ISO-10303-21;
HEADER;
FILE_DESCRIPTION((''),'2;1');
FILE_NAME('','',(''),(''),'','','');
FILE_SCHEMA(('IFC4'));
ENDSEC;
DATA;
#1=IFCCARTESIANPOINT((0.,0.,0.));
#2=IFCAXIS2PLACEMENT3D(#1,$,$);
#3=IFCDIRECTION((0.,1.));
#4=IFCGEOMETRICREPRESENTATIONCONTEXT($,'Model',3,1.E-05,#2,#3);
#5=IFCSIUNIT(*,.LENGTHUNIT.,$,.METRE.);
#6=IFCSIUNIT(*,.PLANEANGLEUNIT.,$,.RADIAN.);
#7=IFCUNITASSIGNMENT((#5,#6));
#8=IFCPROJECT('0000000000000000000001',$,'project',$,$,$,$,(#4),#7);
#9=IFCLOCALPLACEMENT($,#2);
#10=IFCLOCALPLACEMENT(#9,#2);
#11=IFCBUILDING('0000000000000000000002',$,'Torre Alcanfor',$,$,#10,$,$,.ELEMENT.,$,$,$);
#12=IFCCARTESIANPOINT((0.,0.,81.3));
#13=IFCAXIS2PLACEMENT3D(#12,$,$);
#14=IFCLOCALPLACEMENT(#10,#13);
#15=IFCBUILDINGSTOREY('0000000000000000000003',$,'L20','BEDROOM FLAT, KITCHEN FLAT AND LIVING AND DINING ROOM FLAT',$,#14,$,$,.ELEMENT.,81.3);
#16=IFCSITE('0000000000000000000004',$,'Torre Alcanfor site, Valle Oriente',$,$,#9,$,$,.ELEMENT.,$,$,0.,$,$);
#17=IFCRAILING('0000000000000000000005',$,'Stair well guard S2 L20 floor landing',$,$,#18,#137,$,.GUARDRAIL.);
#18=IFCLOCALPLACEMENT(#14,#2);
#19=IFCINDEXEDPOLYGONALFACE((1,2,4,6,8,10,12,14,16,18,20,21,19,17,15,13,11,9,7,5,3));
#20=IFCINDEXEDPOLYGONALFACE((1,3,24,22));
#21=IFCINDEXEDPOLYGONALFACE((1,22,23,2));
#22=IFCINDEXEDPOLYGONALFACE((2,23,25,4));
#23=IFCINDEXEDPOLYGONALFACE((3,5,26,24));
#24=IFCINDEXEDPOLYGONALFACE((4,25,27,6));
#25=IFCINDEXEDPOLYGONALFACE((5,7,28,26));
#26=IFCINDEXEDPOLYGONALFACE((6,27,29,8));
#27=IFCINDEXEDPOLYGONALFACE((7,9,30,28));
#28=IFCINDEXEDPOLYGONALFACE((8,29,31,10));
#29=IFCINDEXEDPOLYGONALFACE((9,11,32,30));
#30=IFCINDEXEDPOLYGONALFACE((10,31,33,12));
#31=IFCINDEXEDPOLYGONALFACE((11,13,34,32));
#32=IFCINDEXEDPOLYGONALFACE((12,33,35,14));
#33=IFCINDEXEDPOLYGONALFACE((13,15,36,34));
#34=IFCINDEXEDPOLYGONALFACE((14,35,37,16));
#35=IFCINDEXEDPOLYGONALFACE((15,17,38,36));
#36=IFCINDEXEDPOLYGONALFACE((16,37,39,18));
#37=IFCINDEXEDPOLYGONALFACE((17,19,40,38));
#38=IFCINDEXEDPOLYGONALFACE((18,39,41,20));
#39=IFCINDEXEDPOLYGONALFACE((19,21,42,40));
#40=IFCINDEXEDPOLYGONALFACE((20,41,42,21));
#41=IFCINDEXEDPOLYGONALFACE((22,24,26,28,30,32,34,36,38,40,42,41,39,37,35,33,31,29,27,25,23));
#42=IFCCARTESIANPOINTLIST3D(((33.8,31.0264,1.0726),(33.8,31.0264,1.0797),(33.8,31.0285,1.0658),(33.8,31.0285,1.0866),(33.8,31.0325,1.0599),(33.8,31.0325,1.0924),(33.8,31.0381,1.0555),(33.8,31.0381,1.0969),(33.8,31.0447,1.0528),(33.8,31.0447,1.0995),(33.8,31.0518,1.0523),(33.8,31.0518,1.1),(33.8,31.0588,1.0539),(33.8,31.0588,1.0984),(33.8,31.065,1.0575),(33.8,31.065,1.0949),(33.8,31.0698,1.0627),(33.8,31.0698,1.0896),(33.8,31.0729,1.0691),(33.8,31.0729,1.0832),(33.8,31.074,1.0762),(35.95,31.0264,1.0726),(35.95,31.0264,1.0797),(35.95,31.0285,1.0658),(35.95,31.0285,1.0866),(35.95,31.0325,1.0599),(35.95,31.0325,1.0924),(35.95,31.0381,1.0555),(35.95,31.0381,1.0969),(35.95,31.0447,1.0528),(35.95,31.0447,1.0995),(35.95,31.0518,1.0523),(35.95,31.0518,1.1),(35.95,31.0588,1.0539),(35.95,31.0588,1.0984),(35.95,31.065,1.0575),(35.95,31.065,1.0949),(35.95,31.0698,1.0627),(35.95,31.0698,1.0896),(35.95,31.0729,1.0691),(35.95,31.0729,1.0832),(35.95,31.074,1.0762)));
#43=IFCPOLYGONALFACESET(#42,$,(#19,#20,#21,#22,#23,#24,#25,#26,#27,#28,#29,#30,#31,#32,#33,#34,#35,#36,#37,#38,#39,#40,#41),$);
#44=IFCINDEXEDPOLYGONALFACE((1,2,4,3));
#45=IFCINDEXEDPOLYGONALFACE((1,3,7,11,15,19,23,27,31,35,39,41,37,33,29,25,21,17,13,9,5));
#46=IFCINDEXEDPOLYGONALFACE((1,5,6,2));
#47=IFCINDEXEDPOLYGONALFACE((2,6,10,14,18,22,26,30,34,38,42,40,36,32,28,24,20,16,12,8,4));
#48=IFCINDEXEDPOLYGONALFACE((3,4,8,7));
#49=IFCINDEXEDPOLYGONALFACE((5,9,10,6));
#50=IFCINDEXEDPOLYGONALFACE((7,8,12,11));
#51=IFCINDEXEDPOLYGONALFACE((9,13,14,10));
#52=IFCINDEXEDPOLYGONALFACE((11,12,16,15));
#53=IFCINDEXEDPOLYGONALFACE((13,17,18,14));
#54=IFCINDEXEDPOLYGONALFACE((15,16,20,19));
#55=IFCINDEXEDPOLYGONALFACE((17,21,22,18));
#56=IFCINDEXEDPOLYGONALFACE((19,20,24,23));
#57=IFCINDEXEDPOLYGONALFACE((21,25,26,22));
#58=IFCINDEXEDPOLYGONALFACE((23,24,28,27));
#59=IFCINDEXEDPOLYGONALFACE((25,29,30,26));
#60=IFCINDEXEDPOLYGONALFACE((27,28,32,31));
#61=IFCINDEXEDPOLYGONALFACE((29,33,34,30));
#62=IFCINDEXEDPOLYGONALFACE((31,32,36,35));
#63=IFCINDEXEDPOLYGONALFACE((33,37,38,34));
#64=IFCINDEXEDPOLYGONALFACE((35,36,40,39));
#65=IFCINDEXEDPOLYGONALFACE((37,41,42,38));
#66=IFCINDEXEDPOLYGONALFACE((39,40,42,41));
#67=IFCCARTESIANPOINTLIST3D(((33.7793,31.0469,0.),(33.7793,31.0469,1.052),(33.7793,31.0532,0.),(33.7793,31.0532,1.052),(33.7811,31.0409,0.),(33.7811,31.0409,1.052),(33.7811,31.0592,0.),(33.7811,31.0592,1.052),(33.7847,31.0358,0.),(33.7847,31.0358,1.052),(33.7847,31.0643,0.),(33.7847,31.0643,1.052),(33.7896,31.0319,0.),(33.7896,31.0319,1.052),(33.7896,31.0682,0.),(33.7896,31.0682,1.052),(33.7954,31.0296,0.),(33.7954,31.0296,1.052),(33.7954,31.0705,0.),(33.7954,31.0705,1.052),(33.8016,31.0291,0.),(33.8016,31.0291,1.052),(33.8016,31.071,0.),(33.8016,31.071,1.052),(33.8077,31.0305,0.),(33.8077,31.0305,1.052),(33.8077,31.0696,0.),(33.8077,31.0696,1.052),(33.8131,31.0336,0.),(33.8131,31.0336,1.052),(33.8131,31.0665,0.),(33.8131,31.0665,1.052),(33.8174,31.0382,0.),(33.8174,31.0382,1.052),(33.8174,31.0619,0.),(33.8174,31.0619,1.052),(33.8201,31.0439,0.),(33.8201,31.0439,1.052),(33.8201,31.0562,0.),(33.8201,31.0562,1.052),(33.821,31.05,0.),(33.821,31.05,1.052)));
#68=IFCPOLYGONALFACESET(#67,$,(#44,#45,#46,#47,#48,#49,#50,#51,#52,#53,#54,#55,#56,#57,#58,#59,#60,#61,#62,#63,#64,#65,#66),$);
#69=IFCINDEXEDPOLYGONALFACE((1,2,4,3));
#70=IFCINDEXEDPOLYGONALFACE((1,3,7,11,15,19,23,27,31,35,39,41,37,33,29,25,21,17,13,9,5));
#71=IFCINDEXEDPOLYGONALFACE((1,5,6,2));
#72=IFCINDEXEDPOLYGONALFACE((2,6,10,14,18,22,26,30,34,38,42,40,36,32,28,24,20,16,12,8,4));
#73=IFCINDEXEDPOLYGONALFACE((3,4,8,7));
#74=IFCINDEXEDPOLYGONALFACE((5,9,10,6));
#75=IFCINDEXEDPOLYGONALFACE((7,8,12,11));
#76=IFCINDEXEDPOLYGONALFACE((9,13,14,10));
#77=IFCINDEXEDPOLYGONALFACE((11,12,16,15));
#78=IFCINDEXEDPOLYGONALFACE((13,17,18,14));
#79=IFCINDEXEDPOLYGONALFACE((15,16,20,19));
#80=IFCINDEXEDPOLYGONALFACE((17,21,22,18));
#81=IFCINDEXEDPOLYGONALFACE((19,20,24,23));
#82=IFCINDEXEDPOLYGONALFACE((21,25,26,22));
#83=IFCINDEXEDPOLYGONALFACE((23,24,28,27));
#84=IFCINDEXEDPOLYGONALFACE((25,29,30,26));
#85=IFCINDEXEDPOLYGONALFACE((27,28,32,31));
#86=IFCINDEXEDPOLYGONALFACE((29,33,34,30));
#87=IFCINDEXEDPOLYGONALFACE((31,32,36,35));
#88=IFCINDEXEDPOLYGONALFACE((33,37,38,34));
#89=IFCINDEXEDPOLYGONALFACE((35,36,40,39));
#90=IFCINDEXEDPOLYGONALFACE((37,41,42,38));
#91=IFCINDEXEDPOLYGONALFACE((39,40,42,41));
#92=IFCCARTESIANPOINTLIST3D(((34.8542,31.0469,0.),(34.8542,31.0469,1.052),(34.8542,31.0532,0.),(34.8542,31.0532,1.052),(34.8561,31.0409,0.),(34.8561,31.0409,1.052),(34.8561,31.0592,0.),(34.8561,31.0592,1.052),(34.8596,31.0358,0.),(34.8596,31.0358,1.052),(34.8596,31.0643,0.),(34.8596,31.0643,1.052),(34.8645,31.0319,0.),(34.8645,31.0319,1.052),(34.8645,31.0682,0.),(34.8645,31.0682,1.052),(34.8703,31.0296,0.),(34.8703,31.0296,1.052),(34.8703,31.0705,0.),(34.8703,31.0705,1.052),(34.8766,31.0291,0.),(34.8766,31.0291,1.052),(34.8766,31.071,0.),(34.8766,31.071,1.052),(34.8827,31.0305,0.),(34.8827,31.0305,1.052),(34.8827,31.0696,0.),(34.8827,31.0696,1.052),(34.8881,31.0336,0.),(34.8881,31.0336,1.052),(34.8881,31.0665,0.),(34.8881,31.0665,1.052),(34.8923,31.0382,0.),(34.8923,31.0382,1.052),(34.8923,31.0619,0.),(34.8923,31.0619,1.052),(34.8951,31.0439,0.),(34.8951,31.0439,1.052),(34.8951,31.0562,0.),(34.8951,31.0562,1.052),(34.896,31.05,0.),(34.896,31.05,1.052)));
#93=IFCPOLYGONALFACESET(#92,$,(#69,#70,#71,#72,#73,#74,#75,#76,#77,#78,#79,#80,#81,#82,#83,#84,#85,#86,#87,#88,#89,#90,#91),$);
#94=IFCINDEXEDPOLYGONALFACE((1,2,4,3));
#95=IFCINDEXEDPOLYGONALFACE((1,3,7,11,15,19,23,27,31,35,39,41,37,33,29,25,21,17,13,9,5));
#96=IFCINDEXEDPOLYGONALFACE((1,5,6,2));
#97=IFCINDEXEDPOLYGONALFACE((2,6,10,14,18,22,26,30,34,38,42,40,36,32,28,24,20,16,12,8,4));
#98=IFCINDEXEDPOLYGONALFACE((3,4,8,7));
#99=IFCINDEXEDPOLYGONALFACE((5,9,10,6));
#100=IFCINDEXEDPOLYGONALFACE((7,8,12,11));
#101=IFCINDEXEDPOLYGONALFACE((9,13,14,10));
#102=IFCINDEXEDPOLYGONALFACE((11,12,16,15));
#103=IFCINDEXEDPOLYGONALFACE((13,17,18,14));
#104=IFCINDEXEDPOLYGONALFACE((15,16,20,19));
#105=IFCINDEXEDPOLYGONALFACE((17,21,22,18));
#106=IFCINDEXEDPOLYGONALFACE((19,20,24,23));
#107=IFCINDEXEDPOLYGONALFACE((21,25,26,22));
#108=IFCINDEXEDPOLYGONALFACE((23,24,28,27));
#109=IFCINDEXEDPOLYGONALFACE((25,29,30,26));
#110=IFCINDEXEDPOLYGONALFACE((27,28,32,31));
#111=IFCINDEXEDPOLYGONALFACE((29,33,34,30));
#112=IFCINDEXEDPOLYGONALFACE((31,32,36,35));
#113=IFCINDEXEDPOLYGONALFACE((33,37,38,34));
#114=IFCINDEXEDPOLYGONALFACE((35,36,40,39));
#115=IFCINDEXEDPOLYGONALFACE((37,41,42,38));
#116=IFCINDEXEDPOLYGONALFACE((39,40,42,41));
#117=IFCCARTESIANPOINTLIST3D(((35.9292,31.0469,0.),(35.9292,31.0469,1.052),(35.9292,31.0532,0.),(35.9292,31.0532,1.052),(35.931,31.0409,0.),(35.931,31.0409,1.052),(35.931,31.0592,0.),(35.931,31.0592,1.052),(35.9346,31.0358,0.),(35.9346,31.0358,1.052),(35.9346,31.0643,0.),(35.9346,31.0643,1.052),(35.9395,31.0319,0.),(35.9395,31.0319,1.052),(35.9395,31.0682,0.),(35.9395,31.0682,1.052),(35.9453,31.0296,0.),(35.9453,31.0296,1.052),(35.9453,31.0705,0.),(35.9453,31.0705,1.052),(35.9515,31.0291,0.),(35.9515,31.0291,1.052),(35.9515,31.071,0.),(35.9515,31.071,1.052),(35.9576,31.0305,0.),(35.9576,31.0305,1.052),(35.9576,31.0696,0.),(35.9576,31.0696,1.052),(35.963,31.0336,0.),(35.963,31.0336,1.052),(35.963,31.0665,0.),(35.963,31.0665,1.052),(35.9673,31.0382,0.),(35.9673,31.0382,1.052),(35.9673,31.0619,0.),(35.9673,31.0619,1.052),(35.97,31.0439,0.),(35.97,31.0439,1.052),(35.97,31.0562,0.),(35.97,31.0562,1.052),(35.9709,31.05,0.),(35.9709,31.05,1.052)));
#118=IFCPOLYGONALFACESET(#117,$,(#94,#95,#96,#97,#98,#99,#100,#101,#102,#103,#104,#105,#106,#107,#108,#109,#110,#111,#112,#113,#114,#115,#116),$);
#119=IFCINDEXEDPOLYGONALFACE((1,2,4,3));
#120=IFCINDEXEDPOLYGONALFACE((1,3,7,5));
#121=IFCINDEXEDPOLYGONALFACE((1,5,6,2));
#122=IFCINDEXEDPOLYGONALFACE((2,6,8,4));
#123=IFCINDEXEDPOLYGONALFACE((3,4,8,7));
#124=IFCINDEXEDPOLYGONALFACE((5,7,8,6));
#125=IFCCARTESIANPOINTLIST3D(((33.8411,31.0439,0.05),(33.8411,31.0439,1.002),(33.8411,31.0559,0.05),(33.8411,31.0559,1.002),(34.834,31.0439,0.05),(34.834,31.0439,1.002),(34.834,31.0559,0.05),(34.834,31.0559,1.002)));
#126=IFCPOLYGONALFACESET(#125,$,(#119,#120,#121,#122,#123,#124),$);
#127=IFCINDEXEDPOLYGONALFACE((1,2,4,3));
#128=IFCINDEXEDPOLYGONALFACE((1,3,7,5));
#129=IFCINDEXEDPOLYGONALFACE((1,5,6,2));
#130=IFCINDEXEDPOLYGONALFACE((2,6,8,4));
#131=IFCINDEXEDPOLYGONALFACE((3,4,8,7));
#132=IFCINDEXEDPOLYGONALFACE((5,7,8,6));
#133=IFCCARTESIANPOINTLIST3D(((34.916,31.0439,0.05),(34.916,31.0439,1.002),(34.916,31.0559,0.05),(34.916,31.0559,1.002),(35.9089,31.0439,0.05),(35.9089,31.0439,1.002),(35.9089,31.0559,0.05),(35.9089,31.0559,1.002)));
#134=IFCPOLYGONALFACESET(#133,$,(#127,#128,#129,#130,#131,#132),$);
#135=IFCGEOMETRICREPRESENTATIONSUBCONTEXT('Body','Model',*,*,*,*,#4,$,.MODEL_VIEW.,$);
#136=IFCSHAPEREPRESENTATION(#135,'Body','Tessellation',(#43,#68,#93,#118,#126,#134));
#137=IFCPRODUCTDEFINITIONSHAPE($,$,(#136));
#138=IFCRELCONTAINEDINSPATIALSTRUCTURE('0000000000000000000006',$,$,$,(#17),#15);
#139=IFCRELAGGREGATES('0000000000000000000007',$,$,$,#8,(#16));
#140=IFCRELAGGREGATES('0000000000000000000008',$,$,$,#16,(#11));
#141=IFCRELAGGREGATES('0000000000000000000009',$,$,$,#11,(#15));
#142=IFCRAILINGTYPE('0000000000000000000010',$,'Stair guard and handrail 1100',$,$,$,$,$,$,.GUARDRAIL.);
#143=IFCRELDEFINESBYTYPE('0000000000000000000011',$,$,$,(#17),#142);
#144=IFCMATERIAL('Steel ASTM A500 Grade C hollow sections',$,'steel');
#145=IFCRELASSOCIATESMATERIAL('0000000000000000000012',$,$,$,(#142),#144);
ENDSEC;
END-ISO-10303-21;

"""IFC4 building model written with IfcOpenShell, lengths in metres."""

from ifc_helpers import new_model, si_unit, direction, frame, origin, origin_2d, place, context, subcontext, project, spatial, polyline, circle, outline, extrude, material, type_object, element, save


model = new_model("IFC4")

# Units and contexts
model_context = context("Model", 3, precision=1e-05, world=origin(), true_north=direction((0.0, 1.0)))
body_context = subcontext(model_context, "Body", "Model", "MODEL_VIEW")
ifc_project = project(units=[si_unit("LENGTHUNIT", "METRE"), si_unit("PLANEANGLEUNIT", "RADIAN")], contexts=[model_context])

# Site, building, storey
site_placement = place(None, origin())
site = spatial("IfcSite", under=ifc_project, at=site_placement, Name="Torre Alcanfor site, Valle Oriente", CompositionType="ELEMENT", RefElevation=0.0)
building_placement = place(site_placement, origin())
building = spatial("IfcBuilding", under=site, at=building_placement, Name="Torre Alcanfor", CompositionType="ELEMENT")
storey_placement = place(building_placement, frame((0.0, 0.0, 81.3)))
storey = spatial("IfcBuildingStorey", under=building, at=storey_placement, Name="L20", Description="BEDROOM FLAT, KITCHEN FLAT AND LIVING AND DINING ROOM FLAT", CompositionType="ELEMENT", Elevation=81.3)

# Railing
ifc_material_1 = material(Name="Steel ASTM A500 Grade C hollow sections", Category="steel")
railing_type_1 = type_object("IfcRailingType", Name="Stair guard and handrail 1100", PredefinedType="GUARDRAIL", material=ifc_material_1)
for number, where, name in (
    (1, (33.8, 31.05, 0.0), "Stair well guard S2 L20 floor landing"),
):
    element("IfcRailing", number, at=place(storey_placement, frame(where)), inside=storey, type_object=railing_type_1, Name=name, PredefinedType="GUARDRAIL", context=body_context, shape_type="SweptSolid", body=[
        extrude(circle(Radius=0.0239, at=origin_2d()), frame((0.0, 0.0, 1.0762), z_axis=(1.0, 0.0, 0.0), x_axis=(0.0, 1.0, 0.0)), (0.0, 0.0, 1.0), 2.1499),
        extrude(circle(Radius=0.021, at=origin_2d()), origin(), (0.0, 0.0, 1.0), 1.052),
        extrude(circle(Radius=0.021, at=origin_2d()), frame((1.075, 0.0, 0.0)), (0.0, 0.0, 1.0), 1.052),
        extrude(circle(Radius=0.021, at=origin_2d()), frame((2.1499, 0.0, 0.0)), (0.0, 0.0, 1.0), 1.052),
        extrude(outline(polyline([(0.041, 0.05), (1.0339, 0.05), (1.0339, 1.002), (0.041, 1.002), (0.041, 0.05)])), frame((0.0, 0.0059, 0.0), z_axis=(0.0, -1.0, 0.0), x_axis=(1.0, 0.0, 0.0)), (0.0, 0.0, 1.0), 0.012),
        extrude(outline(polyline([(1.116, 0.05), (2.1089, 0.05), (2.1089, 1.002), (1.116, 1.002), (1.116, 0.05)])), frame((0.0, 0.0059, 0.0), z_axis=(0.0, -1.0, 0.0), x_axis=(1.0, 0.0, 0.0)), (0.0, 0.0, 1.0), 0.012),
    ])

save(model, "model.ifc")
